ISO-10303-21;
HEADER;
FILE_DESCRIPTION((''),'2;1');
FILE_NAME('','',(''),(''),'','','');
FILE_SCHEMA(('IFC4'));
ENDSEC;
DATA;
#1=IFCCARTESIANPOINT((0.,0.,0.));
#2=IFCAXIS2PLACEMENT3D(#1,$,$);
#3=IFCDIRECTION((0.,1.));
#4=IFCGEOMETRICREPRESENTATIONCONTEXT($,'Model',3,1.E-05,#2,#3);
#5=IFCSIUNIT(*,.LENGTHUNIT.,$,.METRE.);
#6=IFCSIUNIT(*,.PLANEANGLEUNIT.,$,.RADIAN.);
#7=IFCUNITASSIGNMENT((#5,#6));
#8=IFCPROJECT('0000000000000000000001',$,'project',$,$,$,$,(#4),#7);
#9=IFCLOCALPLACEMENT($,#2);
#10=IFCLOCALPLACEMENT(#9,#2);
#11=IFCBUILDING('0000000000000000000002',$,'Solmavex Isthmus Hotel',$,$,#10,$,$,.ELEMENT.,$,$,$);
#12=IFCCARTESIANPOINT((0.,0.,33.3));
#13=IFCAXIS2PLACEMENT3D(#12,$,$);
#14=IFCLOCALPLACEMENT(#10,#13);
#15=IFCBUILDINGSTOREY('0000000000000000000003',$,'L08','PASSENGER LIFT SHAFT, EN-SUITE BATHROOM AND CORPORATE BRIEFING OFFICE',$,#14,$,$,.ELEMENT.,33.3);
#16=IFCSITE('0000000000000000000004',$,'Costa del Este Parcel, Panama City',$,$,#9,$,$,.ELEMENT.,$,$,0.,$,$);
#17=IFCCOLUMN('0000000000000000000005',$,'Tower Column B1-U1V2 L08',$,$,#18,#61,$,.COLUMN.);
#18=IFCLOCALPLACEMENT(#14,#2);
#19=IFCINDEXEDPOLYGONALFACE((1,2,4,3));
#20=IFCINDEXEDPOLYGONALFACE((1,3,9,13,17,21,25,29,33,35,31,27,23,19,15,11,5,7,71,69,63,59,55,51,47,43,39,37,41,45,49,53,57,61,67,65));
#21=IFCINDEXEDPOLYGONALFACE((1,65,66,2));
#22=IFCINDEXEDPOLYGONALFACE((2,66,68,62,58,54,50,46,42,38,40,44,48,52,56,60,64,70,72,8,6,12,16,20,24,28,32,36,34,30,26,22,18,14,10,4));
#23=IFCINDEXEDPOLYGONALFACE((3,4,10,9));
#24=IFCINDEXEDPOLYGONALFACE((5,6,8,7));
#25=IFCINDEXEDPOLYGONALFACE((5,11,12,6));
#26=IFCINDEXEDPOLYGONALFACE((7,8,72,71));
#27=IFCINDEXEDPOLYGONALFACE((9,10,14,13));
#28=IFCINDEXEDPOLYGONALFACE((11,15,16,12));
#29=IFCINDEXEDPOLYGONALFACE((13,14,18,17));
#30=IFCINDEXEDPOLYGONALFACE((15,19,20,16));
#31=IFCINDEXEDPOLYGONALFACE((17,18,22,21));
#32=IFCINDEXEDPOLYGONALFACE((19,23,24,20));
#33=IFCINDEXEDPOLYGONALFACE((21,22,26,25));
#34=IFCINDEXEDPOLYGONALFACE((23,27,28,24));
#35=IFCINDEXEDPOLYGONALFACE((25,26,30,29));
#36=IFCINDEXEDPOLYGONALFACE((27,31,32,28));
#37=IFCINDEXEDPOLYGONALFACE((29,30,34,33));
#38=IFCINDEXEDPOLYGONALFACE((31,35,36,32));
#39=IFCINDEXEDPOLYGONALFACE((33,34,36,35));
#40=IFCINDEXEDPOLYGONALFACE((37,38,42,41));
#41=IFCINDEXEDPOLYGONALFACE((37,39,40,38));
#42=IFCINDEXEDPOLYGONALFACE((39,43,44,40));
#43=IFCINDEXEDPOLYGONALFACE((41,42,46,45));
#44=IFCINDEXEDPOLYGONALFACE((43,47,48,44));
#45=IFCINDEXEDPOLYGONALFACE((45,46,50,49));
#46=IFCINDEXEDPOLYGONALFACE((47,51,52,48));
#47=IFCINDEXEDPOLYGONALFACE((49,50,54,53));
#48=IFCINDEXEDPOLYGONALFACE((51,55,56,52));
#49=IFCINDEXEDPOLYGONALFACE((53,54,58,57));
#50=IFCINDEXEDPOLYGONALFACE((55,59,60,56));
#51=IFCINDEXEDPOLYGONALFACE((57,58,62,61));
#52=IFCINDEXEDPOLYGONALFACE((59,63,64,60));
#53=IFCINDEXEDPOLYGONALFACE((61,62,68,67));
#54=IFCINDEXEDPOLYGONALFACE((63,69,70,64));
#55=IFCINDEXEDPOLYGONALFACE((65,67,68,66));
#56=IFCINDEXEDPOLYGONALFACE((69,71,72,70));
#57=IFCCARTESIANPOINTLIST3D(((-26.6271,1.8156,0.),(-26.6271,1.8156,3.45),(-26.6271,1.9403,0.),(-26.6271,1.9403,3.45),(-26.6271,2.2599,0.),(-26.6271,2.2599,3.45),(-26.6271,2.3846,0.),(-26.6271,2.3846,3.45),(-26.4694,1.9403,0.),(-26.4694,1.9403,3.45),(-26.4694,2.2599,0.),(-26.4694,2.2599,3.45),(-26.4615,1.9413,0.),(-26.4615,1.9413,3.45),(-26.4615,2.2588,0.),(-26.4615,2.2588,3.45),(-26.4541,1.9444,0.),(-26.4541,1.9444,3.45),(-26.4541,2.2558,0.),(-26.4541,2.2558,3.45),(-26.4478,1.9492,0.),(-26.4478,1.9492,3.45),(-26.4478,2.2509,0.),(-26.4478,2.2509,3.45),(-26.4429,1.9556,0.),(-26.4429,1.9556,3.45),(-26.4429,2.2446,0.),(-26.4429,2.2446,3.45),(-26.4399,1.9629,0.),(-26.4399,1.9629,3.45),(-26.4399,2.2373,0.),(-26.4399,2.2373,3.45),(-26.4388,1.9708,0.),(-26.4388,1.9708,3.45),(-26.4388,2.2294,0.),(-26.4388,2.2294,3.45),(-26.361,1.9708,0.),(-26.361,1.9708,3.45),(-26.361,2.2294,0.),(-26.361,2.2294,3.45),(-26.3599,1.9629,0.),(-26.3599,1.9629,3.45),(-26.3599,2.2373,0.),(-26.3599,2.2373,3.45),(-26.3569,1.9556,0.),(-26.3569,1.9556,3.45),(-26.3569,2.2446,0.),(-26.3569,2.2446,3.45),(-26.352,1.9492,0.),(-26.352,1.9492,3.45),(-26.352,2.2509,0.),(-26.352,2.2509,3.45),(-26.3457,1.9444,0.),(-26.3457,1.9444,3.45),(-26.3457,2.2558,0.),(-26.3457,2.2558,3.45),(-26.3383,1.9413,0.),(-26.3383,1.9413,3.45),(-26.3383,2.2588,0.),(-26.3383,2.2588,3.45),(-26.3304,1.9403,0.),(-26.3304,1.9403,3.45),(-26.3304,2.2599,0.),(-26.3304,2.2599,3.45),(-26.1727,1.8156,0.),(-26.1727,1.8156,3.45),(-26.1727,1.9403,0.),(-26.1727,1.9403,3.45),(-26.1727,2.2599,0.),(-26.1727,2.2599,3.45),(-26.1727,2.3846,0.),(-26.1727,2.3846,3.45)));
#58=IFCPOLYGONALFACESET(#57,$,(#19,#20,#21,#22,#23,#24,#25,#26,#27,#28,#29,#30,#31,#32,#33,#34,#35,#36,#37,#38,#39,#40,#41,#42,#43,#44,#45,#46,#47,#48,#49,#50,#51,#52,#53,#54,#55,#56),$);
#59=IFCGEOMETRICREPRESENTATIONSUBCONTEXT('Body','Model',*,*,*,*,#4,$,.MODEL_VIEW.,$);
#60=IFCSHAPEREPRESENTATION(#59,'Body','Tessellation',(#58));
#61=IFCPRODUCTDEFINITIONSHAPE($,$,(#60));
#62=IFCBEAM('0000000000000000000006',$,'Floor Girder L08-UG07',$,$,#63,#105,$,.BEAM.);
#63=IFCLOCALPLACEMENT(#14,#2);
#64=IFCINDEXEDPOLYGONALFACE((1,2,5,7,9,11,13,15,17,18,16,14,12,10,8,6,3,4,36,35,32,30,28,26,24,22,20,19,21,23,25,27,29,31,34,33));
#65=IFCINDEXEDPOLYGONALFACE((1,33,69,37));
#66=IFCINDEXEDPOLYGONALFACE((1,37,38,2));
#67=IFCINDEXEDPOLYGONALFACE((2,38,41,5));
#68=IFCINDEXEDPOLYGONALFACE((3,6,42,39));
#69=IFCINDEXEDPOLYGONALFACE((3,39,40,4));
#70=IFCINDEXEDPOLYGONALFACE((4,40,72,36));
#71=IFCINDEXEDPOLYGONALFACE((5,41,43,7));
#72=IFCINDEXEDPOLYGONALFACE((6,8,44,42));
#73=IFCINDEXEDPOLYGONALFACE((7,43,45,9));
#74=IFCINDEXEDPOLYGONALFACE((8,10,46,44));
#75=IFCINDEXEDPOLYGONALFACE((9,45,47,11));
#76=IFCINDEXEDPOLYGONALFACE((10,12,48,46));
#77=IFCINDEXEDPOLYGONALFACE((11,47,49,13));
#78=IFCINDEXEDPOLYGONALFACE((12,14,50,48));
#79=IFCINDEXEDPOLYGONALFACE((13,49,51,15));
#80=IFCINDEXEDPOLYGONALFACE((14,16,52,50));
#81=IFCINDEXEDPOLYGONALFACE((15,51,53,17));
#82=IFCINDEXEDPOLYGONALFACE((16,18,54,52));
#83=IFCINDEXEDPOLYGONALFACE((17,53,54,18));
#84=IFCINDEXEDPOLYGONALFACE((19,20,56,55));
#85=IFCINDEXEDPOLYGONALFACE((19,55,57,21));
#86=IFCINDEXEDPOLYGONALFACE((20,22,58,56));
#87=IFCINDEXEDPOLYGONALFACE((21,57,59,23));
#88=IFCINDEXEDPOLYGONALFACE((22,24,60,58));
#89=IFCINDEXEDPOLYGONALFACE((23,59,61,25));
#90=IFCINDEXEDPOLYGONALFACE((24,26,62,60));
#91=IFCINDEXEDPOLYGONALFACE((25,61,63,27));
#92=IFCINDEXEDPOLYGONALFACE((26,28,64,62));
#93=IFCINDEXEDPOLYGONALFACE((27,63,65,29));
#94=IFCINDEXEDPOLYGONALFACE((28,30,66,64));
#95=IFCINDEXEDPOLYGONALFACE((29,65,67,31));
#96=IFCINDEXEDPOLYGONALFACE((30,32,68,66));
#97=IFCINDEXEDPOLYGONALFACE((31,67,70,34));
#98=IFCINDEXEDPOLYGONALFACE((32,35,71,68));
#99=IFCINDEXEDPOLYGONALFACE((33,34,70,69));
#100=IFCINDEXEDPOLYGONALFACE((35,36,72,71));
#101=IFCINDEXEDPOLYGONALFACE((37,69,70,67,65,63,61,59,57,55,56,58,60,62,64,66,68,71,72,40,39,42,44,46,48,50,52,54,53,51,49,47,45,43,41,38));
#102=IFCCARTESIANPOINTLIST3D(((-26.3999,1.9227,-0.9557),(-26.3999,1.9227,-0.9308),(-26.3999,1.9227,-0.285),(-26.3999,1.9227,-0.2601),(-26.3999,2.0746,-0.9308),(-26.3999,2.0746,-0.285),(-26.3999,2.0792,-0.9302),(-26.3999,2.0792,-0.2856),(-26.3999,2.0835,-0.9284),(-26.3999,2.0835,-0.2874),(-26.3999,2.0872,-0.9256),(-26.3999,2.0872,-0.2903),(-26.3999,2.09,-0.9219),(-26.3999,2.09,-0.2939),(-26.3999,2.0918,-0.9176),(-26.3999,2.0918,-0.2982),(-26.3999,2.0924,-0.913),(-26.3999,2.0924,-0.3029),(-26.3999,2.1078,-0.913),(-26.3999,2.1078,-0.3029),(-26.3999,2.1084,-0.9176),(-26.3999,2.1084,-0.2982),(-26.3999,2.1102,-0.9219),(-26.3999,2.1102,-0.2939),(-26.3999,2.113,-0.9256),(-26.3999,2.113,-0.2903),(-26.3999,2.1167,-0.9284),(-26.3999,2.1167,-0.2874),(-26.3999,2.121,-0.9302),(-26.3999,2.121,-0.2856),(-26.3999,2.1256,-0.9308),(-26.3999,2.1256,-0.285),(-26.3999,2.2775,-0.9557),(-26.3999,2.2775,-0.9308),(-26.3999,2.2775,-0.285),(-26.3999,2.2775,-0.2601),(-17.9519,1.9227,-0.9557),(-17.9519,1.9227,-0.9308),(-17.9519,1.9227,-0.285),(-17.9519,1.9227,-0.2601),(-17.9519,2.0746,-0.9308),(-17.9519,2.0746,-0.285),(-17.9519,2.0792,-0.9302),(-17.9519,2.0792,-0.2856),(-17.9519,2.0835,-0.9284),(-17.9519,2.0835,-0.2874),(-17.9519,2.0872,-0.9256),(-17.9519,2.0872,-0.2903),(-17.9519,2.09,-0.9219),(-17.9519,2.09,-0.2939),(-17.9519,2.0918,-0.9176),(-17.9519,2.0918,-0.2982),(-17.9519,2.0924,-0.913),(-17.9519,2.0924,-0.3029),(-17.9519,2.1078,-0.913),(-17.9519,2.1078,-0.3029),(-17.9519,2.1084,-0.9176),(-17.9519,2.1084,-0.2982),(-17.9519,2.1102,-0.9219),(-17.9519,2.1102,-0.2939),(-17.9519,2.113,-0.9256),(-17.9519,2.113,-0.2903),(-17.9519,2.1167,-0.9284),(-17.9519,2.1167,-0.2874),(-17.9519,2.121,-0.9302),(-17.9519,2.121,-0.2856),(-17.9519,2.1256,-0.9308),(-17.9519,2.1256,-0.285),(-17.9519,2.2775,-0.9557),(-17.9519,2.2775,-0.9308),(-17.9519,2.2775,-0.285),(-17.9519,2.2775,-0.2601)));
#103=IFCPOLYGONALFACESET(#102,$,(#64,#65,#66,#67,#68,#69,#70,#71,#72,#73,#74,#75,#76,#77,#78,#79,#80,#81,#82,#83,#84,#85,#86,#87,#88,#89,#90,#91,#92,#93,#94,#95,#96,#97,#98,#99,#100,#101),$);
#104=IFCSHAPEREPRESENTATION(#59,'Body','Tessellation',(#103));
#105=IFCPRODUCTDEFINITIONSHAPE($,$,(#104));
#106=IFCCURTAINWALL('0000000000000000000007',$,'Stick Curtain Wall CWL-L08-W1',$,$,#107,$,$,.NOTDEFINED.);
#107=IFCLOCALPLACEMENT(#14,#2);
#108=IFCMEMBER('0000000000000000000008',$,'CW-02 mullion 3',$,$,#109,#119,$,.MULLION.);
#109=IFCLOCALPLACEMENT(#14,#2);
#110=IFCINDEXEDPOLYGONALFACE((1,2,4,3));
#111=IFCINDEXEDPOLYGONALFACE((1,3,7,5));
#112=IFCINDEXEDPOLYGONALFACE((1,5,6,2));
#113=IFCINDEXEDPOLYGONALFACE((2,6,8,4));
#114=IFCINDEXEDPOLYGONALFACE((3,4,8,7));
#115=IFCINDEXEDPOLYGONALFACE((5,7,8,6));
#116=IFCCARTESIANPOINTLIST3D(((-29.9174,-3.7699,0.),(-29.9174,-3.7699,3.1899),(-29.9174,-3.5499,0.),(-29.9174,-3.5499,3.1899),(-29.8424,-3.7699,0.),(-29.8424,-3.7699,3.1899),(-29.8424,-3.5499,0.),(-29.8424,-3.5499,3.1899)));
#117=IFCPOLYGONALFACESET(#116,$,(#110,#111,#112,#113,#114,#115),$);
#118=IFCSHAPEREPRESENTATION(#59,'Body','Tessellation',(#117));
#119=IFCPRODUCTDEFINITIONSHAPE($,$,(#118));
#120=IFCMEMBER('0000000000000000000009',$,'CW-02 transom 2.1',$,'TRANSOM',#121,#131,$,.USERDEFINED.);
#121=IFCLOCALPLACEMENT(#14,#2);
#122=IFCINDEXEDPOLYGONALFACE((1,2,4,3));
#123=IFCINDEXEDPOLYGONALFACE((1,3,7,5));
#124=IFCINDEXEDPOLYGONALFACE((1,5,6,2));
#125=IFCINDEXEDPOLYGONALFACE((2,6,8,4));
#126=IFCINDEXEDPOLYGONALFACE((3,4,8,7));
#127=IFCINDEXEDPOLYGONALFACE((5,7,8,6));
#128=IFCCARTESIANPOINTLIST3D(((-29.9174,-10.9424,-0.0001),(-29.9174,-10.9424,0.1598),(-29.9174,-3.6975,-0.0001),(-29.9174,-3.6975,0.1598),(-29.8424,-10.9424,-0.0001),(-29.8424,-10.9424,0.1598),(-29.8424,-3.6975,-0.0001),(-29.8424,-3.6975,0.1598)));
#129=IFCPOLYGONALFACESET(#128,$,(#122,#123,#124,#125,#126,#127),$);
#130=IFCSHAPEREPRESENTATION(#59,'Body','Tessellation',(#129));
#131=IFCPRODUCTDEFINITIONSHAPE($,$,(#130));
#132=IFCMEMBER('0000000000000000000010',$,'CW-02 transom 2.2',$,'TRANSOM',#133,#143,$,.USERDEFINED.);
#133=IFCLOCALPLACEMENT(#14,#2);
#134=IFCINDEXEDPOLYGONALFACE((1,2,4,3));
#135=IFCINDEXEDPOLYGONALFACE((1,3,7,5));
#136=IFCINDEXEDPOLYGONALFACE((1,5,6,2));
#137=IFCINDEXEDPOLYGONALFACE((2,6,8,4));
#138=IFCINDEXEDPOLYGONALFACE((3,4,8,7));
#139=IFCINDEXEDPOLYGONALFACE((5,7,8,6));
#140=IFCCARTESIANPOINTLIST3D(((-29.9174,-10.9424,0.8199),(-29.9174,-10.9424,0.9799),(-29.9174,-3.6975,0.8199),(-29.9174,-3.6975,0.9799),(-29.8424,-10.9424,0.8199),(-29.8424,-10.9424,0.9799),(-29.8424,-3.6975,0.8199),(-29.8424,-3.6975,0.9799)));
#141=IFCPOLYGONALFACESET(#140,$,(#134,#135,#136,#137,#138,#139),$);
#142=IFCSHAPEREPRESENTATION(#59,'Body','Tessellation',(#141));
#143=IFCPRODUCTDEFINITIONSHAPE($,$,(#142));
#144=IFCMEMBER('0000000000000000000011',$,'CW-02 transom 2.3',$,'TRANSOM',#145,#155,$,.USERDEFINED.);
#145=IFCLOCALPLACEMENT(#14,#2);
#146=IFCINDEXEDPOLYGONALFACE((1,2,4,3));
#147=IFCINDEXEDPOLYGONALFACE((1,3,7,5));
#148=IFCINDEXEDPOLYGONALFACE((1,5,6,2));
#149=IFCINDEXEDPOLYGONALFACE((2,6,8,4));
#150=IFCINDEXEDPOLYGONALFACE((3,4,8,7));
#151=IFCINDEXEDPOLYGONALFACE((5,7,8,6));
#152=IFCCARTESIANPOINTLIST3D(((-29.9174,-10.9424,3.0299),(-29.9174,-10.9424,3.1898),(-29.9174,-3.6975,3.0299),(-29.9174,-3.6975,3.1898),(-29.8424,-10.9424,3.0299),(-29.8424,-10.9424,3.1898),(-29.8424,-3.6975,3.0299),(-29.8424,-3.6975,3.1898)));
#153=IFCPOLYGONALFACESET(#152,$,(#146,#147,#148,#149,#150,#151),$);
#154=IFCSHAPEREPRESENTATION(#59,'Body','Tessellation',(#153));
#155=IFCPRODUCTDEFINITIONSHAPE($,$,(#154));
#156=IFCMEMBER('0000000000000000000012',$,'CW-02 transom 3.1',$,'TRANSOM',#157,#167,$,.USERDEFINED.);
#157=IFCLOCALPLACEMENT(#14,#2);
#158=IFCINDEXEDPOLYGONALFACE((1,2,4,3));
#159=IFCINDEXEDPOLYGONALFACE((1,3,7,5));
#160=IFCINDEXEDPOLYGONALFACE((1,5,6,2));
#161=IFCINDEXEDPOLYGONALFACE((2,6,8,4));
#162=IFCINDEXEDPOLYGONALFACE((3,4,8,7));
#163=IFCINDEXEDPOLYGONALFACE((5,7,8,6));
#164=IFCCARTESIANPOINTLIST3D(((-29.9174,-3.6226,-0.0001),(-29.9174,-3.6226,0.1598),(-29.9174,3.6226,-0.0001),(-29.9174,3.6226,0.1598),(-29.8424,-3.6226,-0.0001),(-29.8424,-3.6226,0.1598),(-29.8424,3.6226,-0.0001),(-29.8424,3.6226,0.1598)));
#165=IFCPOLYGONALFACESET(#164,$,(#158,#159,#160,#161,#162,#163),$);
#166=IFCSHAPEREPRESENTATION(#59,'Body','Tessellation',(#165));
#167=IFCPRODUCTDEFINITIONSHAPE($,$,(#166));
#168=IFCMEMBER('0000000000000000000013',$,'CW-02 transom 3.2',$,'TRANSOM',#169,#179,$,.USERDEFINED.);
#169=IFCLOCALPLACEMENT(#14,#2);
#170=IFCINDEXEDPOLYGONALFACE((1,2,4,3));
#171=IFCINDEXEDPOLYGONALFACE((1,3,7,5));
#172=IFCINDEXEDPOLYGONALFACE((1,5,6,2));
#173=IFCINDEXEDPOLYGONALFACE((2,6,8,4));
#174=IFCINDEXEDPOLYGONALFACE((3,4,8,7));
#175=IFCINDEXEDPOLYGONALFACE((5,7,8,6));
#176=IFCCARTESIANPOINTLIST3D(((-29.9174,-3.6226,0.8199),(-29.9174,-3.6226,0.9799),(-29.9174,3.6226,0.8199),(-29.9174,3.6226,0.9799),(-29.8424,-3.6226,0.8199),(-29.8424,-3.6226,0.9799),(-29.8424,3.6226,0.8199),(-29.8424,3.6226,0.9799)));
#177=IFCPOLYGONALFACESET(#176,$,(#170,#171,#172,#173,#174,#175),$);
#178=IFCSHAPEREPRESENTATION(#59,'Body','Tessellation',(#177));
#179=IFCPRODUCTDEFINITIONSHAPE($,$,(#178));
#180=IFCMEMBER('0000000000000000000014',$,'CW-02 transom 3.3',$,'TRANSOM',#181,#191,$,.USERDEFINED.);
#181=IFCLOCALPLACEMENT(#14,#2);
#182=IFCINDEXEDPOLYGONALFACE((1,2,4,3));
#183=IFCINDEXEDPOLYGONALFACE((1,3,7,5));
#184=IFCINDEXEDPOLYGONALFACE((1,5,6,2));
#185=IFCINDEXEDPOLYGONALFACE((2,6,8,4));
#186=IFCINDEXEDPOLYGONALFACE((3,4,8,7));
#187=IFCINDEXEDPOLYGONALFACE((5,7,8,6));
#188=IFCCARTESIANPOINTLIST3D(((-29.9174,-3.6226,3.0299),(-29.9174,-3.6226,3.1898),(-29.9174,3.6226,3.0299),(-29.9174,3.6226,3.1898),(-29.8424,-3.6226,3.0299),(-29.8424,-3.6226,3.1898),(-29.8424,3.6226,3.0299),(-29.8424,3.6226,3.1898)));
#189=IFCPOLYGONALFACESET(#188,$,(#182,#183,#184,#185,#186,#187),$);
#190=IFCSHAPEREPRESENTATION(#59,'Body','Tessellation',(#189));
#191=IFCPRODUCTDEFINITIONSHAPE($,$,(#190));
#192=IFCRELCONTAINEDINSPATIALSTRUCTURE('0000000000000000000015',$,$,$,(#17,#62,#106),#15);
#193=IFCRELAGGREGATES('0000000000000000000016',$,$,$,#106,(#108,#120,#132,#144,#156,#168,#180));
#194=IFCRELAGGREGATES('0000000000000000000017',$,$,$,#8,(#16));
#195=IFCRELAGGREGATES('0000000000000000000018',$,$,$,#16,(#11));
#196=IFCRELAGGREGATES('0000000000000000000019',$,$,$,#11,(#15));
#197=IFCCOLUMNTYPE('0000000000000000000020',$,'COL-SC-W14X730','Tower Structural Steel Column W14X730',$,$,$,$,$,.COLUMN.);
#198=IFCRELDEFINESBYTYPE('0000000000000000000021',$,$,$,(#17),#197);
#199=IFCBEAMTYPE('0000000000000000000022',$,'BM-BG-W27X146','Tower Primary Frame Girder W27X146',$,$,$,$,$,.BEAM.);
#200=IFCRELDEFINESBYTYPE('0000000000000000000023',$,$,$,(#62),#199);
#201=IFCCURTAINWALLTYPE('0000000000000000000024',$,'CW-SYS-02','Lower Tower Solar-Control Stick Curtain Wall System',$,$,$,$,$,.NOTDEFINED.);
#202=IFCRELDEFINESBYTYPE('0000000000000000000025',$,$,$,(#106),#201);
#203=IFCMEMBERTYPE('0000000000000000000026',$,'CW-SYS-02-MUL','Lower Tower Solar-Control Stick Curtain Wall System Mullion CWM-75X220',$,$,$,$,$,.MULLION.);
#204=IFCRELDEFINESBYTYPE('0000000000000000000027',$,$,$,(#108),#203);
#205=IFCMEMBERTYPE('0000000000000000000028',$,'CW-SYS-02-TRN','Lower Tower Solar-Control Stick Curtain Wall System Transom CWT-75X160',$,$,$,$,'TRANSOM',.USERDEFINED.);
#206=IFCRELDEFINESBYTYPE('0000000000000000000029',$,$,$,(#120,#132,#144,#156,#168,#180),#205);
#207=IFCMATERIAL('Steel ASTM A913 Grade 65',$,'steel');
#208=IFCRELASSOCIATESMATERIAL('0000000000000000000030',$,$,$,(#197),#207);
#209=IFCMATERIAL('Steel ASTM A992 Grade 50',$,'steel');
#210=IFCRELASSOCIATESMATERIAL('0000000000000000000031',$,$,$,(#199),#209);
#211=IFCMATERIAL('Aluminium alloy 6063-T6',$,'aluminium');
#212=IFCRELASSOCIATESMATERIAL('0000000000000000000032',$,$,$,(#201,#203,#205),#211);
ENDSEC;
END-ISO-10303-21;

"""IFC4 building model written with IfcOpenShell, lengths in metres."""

from ifc_helpers import new_model, si_unit, direction, frame, origin, origin_2d, place, context, subcontext, project, spatial, rectangle, i_section, extrude, material, material_profile, profile_set, type_object, element, aggregate, save


model = new_model("IFC4")

# Units and contexts
model_context = context("Model", 3, precision=1e-05, world=origin(), true_north=direction((0.0, 1.0)))
body_context = subcontext(model_context, "Body", "Model", "MODEL_VIEW")
ifc_project = project(units=[si_unit("LENGTHUNIT", "METRE"), si_unit("PLANEANGLEUNIT", "RADIAN")], contexts=[model_context])

# Site, building, storey
site_placement = place(None, origin())
site = spatial("IfcSite", under=ifc_project, at=site_placement, Name="Costa del Este Parcel, Panama City", CompositionType="ELEMENT", RefElevation=0.0)
building_placement = place(site_placement, origin())
building = spatial("IfcBuilding", under=site, at=building_placement, Name="Solmavex Isthmus Hotel", CompositionType="ELEMENT")
storey_placement = place(building_placement, frame((0.0, 0.0, 33.3)))
storey = spatial("IfcBuildingStorey", under=building, at=storey_placement, Name="L08", Description="PASSENGER LIFT SHAFT, EN-SUITE BATHROOM AND CORPORATE BRIEFING OFFICE", CompositionType="ELEMENT", Elevation=33.3)

# Column
ifc_material_1 = material(Name="Steel ASTM A913 Grade 65", Category="steel")
ifc_material_profile_1 = material_profile(ifc_material_1, i_section(OverallWidth=0.4543, OverallDepth=0.5691, WebThickness=0.0779, FlangeThickness=0.1248, FilletRadius=0.0305, at=origin_2d()), Name="W14X730")
ifc_profile_set_1 = profile_set([ifc_material_profile_1], Name="Steel ASTM A913 Grade 65")
column_type = type_object("IfcColumnType", Name="COL-SC-W14X730", Description="Tower Structural Steel Column W14X730", PredefinedType="COLUMN", material=ifc_profile_set_1)
column_placement = place(storey_placement, frame((-26.3999, 2.1001, 0.0), z_axis=(0.0, 0.0, 1.0), x_axis=(1.0, 0.0, 0.0)))
element("IfcColumn", 1, at=column_placement, inside=storey, type_object=column_type, Name="Tower Column B1-U1V2 L08", PredefinedType="COLUMN", context=body_context, shape_type="SweptSolid", body=[
    extrude(i_section(OverallWidth=0.4543, OverallDepth=0.5691, WebThickness=0.0779, FlangeThickness=0.1248, FilletRadius=0.0305, at=origin_2d()), origin(), (0.0, 0.0, 1.0), 3.45),
])

# Beam
ifc_material_2 = material(Name="Steel ASTM A992 Grade 50", Category="steel")
ifc_material_profile_2 = material_profile(ifc_material_2, i_section(OverallWidth=0.3547, OverallDepth=0.6956, WebThickness=0.0154, FlangeThickness=0.0249, FilletRadius=0.0178, at=origin_2d()), Name="W27X146")
ifc_profile_set_2 = profile_set([ifc_material_profile_2], Name="Steel ASTM A992 Grade 50")
beam_type = type_object("IfcBeamType", Name="BM-BG-W27X146", Description="Tower Primary Frame Girder W27X146", PredefinedType="BEAM", material=ifc_profile_set_2)
beam_placement = place(storey_placement, frame((-26.3999, 2.1001, -0.6079), z_axis=(1.0, 0.0, 0.0), x_axis=(0.0, 1.0, 0.0)))
element("IfcBeam", 2, at=beam_placement, inside=storey, type_object=beam_type, Name="Floor Girder L08-UG07", PredefinedType="BEAM", context=body_context, shape_type="SweptSolid", body=[
    extrude(i_section(OverallWidth=0.3547, OverallDepth=0.6956, WebThickness=0.0154, FlangeThickness=0.0249, FilletRadius=0.0178, at=origin_2d()), origin(), (0.0, 0.0, 1.0), 8.448),
])

# Curtain wall, members
ifc_material_3 = material(Name="Aluminium alloy 6063-T6", Category="aluminium")
curtain_wall_type = type_object("IfcCurtainWallType", Name="CW-SYS-02", Description="Lower Tower Solar-Control Stick Curtain Wall System", PredefinedType="NOTDEFINED", material=ifc_material_3)
curtain_wall_placement = place(storey_placement, origin())
curtain_wall = element("IfcCurtainWall", 3, at=curtain_wall_placement, inside=storey, type_object=curtain_wall_type, Name="Stick Curtain Wall CWL-L08-W1", PredefinedType="NOTDEFINED")
ifc_material_profile_3 = material_profile(ifc_material_3, rectangle(XDim=0.075, YDim=0.22, at=origin_2d()), Name="CWM-75X220")
ifc_profile_set_3 = profile_set([ifc_material_profile_3], Name="Aluminium alloy 6063-T6")
member_type_1 = type_object("IfcMemberType", Name="CW-SYS-02-MUL", Description="Lower Tower Solar-Control Stick Curtain Wall System Mullion CWM-75X220", PredefinedType="MULLION", material=ifc_profile_set_3)
member_1_placement = place(storey_placement, frame((-29.8799, -3.6599, 0.0), z_axis=(0.0, 0.0, 1.0), x_axis=(-1.0, 0.0, 0.0)))
member_1 = element("IfcMember", 4, at=member_1_placement, type_object=member_type_1, Name="CW-02 mullion 3", PredefinedType="MULLION", context=body_context, shape_type="SweptSolid", body=[
    extrude(rectangle(XDim=0.075, YDim=0.22, at=origin_2d()), origin(), (0.0, 0.0, 1.0), 3.1899),
])
ifc_material_profile_4 = material_profile(ifc_material_3, rectangle(XDim=0.075, YDim=0.1599, at=origin_2d()), Name="CWT-75X160")
ifc_profile_set_4 = profile_set([ifc_material_profile_4], Name="Aluminium alloy 6063-T6")
member_type_2 = type_object("IfcMemberType", Name="CW-SYS-02-TRN", Description="Lower Tower Solar-Control Stick Curtain Wall System Transom CWT-75X160", ElementType="TRANSOM", PredefinedType="USERDEFINED", material=ifc_profile_set_4)
member_2_placement = place(storey_placement, frame((-29.8799, -10.9424, 0.0798), z_axis=(0.0, 1.0, 0.0), x_axis=(-1.0, 0.0, 0.0)))
member_2 = element("IfcMember", 5, at=member_2_placement, type_object=member_type_2, Name="CW-02 transom 2.1", ObjectType="TRANSOM", PredefinedType="USERDEFINED", context=body_context, shape_type="SweptSolid", body=[
    extrude(rectangle(XDim=0.075, YDim=0.1599, at=origin_2d()), origin(), (0.0, 0.0, 1.0), 7.2449),
])
member_3_placement = place(storey_placement, frame((-29.8799, -10.9424, 0.8999), z_axis=(0.0, 1.0, 0.0), x_axis=(-1.0, 0.0, 0.0)))
member_3 = element("IfcMember", 6, at=member_3_placement, type_object=member_type_2, Name="CW-02 transom 2.2", ObjectType="TRANSOM", PredefinedType="USERDEFINED", context=body_context, shape_type="SweptSolid", body=[
    extrude(rectangle(XDim=0.075, YDim=0.1599, at=origin_2d()), origin(), (0.0, 0.0, 1.0), 7.2449),
])
member_4_placement = place(storey_placement, frame((-29.8799, -10.9424, 3.1099), z_axis=(0.0, 1.0, 0.0), x_axis=(-1.0, 0.0, 0.0)))
member_4 = element("IfcMember", 7, at=member_4_placement, type_object=member_type_2, Name="CW-02 transom 2.3", ObjectType="TRANSOM", PredefinedType="USERDEFINED", context=body_context, shape_type="SweptSolid", body=[
    extrude(rectangle(XDim=0.075, YDim=0.1599, at=origin_2d()), origin(), (0.0, 0.0, 1.0), 7.2449),
])
member_5_placement = place(storey_placement, frame((-29.8799, -3.6226, 0.0798), z_axis=(0.0, 1.0, 0.0), x_axis=(-1.0, 0.0, 0.0)))
member_5 = element("IfcMember", 8, at=member_5_placement, type_object=member_type_2, Name="CW-02 transom 3.1", ObjectType="TRANSOM", PredefinedType="USERDEFINED", context=body_context, shape_type="SweptSolid", body=[
    extrude(rectangle(XDim=0.075, YDim=0.1599, at=origin_2d()), origin(), (0.0, 0.0, 1.0), 7.2451),
])
member_6_placement = place(storey_placement, frame((-29.8799, -3.6226, 0.8999), z_axis=(0.0, 1.0, 0.0), x_axis=(-1.0, 0.0, 0.0)))
member_6 = element("IfcMember", 9, at=member_6_placement, type_object=member_type_2, Name="CW-02 transom 3.2", ObjectType="TRANSOM", PredefinedType="USERDEFINED", context=body_context, shape_type="SweptSolid", body=[
    extrude(rectangle(XDim=0.075, YDim=0.1599, at=origin_2d()), origin(), (0.0, 0.0, 1.0), 7.2451),
])
member_7_placement = place(storey_placement, frame((-29.8799, -3.6226, 3.1099), z_axis=(0.0, 1.0, 0.0), x_axis=(-1.0, 0.0, 0.0)))
member_7 = element("IfcMember", 10, at=member_7_placement, type_object=member_type_2, Name="CW-02 transom 3.3", ObjectType="TRANSOM", PredefinedType="USERDEFINED", context=body_context, shape_type="SweptSolid", body=[
    extrude(rectangle(XDim=0.075, YDim=0.1599, at=origin_2d()), origin(), (0.0, 0.0, 1.0), 7.2451),
])
aggregate(curtain_wall, [member_1, member_2, member_3, member_4, member_5, member_6, member_7])

save(model, "model.ifc")
